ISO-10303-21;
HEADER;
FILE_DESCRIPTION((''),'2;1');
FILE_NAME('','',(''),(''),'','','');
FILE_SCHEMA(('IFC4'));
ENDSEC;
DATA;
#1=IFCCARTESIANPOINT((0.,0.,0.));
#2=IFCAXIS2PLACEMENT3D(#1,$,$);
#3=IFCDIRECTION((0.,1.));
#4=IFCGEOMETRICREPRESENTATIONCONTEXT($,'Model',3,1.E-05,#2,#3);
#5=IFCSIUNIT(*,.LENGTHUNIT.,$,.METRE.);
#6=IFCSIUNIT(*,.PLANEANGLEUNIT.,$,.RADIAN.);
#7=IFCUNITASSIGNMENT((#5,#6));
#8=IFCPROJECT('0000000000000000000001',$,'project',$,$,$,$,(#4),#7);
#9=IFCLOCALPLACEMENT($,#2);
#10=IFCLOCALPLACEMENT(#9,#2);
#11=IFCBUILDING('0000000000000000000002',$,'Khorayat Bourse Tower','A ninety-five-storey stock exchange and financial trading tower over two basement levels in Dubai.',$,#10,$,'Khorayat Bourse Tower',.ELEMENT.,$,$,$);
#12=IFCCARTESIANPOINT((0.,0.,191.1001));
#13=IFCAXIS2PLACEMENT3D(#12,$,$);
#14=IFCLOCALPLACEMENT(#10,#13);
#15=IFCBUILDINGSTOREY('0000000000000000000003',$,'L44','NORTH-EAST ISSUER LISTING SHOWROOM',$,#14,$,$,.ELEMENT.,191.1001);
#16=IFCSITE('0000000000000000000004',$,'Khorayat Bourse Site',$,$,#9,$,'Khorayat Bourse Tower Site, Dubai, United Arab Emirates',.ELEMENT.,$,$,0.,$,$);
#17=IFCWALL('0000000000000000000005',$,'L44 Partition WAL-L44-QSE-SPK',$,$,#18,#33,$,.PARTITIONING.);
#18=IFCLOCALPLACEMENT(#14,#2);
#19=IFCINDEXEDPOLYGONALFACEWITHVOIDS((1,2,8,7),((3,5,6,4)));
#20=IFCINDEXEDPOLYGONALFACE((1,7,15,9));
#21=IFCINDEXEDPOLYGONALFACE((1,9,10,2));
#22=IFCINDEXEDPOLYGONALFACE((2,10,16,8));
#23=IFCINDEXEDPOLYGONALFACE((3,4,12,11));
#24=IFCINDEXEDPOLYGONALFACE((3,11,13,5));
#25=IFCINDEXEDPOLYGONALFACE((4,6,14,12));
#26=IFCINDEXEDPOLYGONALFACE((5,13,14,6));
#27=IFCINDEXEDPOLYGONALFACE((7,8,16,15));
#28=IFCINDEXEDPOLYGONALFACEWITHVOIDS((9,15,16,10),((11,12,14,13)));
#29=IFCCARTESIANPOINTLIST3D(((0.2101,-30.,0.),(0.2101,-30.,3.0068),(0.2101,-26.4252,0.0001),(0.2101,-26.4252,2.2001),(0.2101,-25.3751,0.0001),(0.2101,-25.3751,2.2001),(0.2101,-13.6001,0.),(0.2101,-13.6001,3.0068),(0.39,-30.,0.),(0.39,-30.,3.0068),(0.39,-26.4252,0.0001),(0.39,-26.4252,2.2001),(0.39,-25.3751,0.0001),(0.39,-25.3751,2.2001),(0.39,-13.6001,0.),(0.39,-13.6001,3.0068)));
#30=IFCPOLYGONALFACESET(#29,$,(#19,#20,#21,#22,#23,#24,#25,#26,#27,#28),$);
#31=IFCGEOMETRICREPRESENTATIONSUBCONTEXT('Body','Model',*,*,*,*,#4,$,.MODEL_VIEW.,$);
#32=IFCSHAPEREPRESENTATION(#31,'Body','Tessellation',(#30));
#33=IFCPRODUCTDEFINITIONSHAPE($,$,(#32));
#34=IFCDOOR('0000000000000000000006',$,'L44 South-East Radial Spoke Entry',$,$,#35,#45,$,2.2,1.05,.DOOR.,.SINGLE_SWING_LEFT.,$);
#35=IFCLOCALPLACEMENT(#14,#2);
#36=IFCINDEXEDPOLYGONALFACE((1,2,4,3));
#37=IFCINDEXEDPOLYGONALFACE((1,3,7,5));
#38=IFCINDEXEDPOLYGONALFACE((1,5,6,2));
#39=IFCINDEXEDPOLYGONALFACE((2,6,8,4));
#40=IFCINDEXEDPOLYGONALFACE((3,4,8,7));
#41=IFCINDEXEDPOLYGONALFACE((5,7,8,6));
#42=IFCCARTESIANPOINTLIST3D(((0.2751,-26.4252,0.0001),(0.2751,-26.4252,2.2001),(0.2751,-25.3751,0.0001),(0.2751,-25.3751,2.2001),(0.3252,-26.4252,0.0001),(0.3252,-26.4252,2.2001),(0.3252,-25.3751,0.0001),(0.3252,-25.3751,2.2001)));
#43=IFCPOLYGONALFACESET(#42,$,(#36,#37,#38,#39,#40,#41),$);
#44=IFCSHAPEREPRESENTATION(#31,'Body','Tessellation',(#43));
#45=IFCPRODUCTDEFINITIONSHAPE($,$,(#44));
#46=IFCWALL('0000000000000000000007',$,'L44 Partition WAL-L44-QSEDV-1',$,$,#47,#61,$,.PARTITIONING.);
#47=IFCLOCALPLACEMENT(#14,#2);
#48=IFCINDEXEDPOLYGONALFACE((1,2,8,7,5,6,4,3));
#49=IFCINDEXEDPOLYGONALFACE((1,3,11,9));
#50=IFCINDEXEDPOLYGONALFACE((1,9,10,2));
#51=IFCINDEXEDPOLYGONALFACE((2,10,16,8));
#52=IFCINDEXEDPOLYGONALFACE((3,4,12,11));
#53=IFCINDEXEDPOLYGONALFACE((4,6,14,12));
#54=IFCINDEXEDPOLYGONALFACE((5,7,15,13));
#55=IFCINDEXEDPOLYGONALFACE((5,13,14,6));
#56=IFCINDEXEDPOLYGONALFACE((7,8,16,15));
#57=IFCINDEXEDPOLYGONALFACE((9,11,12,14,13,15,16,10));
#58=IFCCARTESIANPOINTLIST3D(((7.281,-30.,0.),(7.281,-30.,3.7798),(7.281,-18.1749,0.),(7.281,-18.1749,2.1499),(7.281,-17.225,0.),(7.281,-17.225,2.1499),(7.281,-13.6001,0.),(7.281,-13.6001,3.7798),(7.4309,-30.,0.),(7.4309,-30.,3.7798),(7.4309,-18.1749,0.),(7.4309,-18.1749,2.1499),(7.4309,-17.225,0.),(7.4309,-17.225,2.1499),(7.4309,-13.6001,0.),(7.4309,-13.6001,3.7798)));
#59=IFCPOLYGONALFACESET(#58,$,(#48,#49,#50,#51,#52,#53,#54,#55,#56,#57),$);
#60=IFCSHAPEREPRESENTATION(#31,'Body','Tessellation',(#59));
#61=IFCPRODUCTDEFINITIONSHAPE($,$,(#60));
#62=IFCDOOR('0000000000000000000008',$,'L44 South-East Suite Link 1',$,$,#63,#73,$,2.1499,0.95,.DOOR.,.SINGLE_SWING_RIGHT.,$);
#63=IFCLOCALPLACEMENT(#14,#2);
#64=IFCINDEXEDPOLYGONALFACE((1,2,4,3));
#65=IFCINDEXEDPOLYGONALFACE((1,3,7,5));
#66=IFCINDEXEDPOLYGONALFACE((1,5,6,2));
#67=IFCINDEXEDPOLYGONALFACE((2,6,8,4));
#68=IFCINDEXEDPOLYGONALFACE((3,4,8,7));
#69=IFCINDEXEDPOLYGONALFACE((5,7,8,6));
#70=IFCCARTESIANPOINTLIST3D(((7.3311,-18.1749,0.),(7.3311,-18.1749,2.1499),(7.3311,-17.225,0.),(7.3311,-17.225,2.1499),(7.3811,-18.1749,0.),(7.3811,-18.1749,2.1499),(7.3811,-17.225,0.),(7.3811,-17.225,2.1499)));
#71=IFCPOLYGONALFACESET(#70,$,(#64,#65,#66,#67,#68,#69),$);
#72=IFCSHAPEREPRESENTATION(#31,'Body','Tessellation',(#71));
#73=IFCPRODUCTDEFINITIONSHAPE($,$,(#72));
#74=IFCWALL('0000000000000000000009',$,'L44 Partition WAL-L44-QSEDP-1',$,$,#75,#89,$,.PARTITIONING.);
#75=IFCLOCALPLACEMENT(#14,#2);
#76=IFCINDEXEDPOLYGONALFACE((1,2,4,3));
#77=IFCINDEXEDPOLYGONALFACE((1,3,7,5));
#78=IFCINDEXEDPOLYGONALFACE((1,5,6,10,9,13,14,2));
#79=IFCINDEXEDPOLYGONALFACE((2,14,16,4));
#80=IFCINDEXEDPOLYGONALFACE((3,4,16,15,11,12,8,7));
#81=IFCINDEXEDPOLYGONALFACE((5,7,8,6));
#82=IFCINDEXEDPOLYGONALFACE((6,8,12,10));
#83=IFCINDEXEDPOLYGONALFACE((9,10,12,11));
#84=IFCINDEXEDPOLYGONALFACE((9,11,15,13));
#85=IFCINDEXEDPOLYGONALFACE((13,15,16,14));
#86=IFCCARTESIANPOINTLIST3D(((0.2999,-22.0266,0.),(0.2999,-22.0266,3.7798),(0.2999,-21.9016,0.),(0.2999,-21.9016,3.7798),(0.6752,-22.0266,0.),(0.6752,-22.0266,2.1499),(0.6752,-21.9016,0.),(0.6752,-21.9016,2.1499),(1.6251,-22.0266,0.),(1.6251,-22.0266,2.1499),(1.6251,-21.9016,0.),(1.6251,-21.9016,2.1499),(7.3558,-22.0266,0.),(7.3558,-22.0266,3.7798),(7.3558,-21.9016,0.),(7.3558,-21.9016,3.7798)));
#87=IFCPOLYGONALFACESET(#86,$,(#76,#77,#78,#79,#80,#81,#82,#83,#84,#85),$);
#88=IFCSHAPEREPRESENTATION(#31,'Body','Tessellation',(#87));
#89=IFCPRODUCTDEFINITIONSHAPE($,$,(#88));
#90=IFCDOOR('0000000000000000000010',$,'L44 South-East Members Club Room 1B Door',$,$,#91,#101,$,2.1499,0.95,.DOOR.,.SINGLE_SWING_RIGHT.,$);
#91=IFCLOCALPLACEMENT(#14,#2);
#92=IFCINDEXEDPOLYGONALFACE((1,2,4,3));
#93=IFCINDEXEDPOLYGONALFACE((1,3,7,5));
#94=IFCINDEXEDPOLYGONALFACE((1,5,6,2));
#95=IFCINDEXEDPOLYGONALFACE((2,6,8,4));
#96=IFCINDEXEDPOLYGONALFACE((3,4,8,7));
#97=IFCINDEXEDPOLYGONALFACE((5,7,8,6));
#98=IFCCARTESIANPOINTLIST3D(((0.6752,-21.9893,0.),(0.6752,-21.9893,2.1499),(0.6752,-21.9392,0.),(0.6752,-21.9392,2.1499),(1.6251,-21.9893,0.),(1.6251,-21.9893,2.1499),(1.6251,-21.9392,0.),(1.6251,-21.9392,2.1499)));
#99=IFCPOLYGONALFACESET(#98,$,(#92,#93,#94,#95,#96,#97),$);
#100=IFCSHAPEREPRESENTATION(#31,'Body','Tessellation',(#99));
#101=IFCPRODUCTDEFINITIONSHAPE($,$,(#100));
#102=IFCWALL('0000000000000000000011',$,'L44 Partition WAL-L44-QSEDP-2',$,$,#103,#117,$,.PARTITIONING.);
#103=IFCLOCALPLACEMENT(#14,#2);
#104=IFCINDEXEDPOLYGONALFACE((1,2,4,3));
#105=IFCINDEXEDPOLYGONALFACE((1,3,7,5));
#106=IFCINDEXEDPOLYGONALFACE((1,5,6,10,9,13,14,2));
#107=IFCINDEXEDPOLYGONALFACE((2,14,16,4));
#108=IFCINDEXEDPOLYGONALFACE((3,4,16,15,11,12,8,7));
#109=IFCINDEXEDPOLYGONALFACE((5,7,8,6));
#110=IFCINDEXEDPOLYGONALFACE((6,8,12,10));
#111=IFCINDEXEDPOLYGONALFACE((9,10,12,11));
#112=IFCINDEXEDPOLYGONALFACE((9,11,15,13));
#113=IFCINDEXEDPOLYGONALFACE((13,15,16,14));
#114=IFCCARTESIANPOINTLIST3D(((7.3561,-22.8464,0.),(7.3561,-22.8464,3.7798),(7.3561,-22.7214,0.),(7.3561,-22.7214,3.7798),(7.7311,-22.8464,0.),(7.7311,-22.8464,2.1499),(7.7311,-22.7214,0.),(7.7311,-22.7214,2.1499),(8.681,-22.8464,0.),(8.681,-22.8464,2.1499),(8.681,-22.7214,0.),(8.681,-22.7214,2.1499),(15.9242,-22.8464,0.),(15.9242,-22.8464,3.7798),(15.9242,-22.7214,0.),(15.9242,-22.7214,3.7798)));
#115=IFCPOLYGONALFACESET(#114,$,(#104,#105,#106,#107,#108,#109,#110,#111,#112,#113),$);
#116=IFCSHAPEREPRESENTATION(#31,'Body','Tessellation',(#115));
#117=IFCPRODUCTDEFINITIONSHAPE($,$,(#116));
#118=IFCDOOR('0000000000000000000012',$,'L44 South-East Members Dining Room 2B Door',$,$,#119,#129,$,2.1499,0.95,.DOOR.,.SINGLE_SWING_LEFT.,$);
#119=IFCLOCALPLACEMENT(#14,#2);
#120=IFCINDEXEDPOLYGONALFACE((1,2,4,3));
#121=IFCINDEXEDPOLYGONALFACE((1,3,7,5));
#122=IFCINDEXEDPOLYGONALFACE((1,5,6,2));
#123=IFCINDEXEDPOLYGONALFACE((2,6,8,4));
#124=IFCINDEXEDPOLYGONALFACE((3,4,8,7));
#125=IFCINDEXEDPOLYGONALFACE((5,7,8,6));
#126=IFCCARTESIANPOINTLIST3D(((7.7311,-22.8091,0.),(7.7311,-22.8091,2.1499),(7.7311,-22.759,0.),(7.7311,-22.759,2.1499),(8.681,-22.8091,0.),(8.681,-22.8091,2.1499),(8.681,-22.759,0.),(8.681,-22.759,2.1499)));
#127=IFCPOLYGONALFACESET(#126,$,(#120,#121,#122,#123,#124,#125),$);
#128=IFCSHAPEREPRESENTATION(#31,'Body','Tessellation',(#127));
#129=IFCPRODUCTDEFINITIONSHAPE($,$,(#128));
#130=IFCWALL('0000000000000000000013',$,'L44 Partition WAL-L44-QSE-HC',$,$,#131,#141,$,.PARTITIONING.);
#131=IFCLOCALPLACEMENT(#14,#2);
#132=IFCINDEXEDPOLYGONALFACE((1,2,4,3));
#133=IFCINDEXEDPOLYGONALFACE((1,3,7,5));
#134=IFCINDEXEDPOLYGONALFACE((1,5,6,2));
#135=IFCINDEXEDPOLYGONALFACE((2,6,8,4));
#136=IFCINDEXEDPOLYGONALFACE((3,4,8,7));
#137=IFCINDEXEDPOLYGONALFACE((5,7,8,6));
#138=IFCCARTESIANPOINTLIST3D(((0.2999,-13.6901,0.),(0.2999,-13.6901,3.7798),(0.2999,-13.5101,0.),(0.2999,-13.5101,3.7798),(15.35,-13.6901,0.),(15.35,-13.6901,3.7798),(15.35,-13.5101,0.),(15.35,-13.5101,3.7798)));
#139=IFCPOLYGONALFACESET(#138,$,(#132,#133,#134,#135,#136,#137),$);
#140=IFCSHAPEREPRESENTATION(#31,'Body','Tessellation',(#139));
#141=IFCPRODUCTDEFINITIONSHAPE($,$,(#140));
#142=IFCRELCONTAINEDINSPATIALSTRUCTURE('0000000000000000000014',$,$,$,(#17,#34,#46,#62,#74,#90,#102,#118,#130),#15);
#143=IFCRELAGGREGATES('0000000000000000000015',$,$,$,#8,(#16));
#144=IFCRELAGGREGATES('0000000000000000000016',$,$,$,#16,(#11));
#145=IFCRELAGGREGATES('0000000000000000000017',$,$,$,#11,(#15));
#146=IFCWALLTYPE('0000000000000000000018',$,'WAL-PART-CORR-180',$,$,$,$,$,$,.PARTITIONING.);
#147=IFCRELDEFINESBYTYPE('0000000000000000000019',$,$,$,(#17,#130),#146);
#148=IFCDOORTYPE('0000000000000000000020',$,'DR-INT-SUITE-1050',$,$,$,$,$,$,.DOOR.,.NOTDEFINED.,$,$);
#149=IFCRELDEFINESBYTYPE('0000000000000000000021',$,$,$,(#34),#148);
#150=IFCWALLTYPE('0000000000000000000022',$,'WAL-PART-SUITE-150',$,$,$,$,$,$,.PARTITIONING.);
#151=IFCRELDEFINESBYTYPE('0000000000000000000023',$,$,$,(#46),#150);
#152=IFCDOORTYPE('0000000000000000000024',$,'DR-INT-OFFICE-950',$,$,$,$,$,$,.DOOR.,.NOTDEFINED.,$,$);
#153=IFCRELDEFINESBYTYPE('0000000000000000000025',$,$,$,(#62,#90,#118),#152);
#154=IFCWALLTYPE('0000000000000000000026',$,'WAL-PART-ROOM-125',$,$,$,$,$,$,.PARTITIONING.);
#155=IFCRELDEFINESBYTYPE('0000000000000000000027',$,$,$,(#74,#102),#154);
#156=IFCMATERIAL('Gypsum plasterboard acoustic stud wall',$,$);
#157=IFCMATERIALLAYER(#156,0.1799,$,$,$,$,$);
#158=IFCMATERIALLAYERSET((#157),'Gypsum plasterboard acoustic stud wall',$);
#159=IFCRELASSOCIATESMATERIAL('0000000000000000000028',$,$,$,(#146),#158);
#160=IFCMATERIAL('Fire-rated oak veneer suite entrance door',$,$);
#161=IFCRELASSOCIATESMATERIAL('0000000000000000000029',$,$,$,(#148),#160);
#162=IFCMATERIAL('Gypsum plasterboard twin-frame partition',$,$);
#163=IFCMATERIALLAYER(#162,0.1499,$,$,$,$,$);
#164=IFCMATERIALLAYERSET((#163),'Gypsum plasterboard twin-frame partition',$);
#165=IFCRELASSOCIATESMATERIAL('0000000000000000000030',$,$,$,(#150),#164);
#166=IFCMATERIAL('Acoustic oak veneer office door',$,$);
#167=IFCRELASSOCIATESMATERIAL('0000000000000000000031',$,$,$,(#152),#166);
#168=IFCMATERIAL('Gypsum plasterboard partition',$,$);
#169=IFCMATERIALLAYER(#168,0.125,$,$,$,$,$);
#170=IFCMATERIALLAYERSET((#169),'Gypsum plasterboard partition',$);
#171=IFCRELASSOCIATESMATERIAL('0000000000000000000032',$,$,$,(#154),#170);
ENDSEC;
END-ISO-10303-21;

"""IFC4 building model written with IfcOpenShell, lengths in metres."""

from ifc_helpers import new_model, si_unit, direction, frame, frame_2d, origin, place, context, subcontext, project, spatial, rectangle, extrude, source, transform, mapped, material, layer, layer_set, type_object, element, fill, save


model = new_model("IFC4")

# Units and contexts
model_context = context("Model", 3, precision=1e-05, world=origin(), true_north=direction((0.0, 1.0)))
body_context = subcontext(model_context, "Body", "Model", "MODEL_VIEW")
ifc_project = project(units=[si_unit("LENGTHUNIT", "METRE"), si_unit("PLANEANGLEUNIT", "RADIAN")], contexts=[model_context])

# Site, building, storey
site_placement = place(None, origin())
site = spatial("IfcSite", under=ifc_project, at=site_placement, Name="Khorayat Bourse Site", LongName="Khorayat Bourse Tower Site, Dubai, United Arab Emirates", CompositionType="ELEMENT", RefElevation=0.0)
building_placement = place(site_placement, origin())
building = spatial("IfcBuilding", under=site, at=building_placement, Name="Khorayat Bourse Tower", Description="A ninety-five-storey stock exchange and financial trading tower over two basement levels in Dubai.", LongName="Khorayat Bourse Tower", CompositionType="ELEMENT")
storey_placement = place(building_placement, frame((0.0, 0.0, 191.1001)))
storey = spatial("IfcBuildingStorey", under=building, at=storey_placement, Name="L44", Description="NORTH-EAST ISSUER LISTING SHOWROOM", CompositionType="ELEMENT", Elevation=191.1001)

# Shared definitions
ifc_material_1 = material(Name="Gypsum plasterboard acoustic stud wall")
ifc_layer_1 = layer(ifc_material_1, 0.1799)
ifc_layer_set_1 = layer_set([ifc_layer_1], Name="Gypsum plasterboard acoustic stud wall")
wall_type_1 = type_object("IfcWallType", Name="WAL-PART-CORR-180", PredefinedType="PARTITIONING", material=ifc_layer_set_1)

# Walls, openings, doors
shared_shape_1 = source(origin(), body_context, "Body", "SweptSolid", [
    extrude(rectangle(XDim=16.3999, YDim=0.1799, at=frame_2d((8.2, 0.0))), origin(), (0.0, 0.0, 1.0), 3.0068),
])
wall_1_placement = place(storey_placement, frame((0.3, -30.0, 0.0), z_axis=(0.0, 0.0, 1.0), x_axis=(0.0, 1.0, 0.0)))
wall_1 = element("IfcWall", 1, at=wall_1_placement, inside=storey, type_object=wall_type_1, Name="L44 Partition WAL-L44-QSE-SPK", PredefinedType="PARTITIONING", context=body_context, shape_type="MappedRepresentation", body=[
    mapped(shared_shape_1, transform((0.0, 0.0, 0.0), scale=1.0)),
])
shared_shape_2 = source(origin(), body_context, "Body", "SweptSolid", [
    extrude(rectangle(XDim=1.05, YDim=2.2, at=frame_2d((0.5249, 1.1001))), frame((0.0, 0.0999, 0.0), z_axis=(0.0, -1.0, 0.0), x_axis=(1.0, 0.0, 0.0)), (0.0, 0.0, 1.0), 0.2),
])
opening_1_placement = place(wall_1_placement, frame((3.575, 0.0, 0.0)))
opening_1 = element("IfcOpeningElement", 2, at=opening_1_placement, cuts=wall_1, PredefinedType="OPENING", context=body_context, shape_type="MappedRepresentation", body=[
    mapped(shared_shape_2, transform((0.0, 0.0, 0.0), scale=1.0)),
])
ifc_material_2 = material(Name="Fire-rated oak veneer suite entrance door")
door_type_1 = type_object("IfcDoorType", Name="DR-INT-SUITE-1050", OperationType="NOTDEFINED", PredefinedType="DOOR", material=ifc_material_2)
shared_shape_3 = source(origin(), body_context, "Body", "SweptSolid", [
    extrude(rectangle(XDim=1.05, YDim=2.2, at=frame_2d((0.5249, 1.1001))), frame((0.0, 0.0249, 0.0), z_axis=(0.0, -1.0, 0.0), x_axis=(1.0, 0.0, 0.0)), (0.0, 0.0, 1.0), 0.05),
])
door_1_placement = place(opening_1_placement, origin())
door_1 = element("IfcDoor", 3, at=door_1_placement, inside=storey, type_object=door_type_1, Name="L44 South-East Radial Spoke Entry", OperationType="SINGLE_SWING_LEFT", OverallHeight=2.2, OverallWidth=1.05, PredefinedType="DOOR", context=body_context, shape_type="MappedRepresentation", body=[
    mapped(shared_shape_3, transform((0.0, 0.0, 0.0), scale=1.0)),
])
fill(opening_1, door_1)
ifc_material_3 = material(Name="Gypsum plasterboard twin-frame partition")
ifc_layer_2 = layer(ifc_material_3, 0.1499)
ifc_layer_set_2 = layer_set([ifc_layer_2], Name="Gypsum plasterboard twin-frame partition")
wall_type_2 = type_object("IfcWallType", Name="WAL-PART-SUITE-150", PredefinedType="PARTITIONING", material=ifc_layer_set_2)
shared_shape_4 = source(origin(), body_context, "Body", "SweptSolid", [
    extrude(rectangle(XDim=16.3999, YDim=0.1499, at=frame_2d((8.2, 0.0))), origin(), (0.0, 0.0, 1.0), 3.7798),
])
wall_2_placement = place(storey_placement, frame((7.356, -30.0, 0.0), z_axis=(0.0, 0.0, 1.0), x_axis=(0.0, 1.0, 0.0)))
wall_2 = element("IfcWall", 4, at=wall_2_placement, inside=storey, type_object=wall_type_2, Name="L44 Partition WAL-L44-QSEDV-1", PredefinedType="PARTITIONING", context=body_context, shape_type="MappedRepresentation", body=[
    mapped(shared_shape_4, transform((0.0, 0.0, 0.0), scale=1.0)),
])
shared_shape_5 = source(origin(), body_context, "Body", "SweptSolid", [
    extrude(rectangle(XDim=0.95, YDim=2.1499, at=frame_2d((0.4751, 1.075))), frame((0.0, 0.085, 0.0), z_axis=(0.0, -1.0, 0.0), x_axis=(1.0, 0.0, 0.0)), (0.0, 0.0, 1.0), 0.1699),
])
opening_2_placement = place(wall_2_placement, frame((11.825, 0.0, 0.0)))
opening_2 = element("IfcOpeningElement", 5, at=opening_2_placement, cuts=wall_2, PredefinedType="OPENING", context=body_context, shape_type="MappedRepresentation", body=[
    mapped(shared_shape_5, transform((0.0, 0.0, 0.0), scale=1.0)),
])
ifc_material_4 = material(Name="Acoustic oak veneer office door")
door_type_2 = type_object("IfcDoorType", Name="DR-INT-OFFICE-950", OperationType="NOTDEFINED", PredefinedType="DOOR", material=ifc_material_4)
shared_shape_6 = source(origin(), body_context, "Body", "SweptSolid", [
    extrude(rectangle(XDim=0.95, YDim=2.1499, at=frame_2d((0.4751, 1.075))), frame((0.0, 0.0249, 0.0), z_axis=(0.0, -1.0, 0.0), x_axis=(1.0, 0.0, 0.0)), (0.0, 0.0, 1.0), 0.05),
])
door_2_placement = place(opening_2_placement, origin())
door_2 = element("IfcDoor", 6, at=door_2_placement, inside=storey, type_object=door_type_2, Name="L44 South-East Suite Link 1", OperationType="SINGLE_SWING_RIGHT", OverallHeight=2.1499, OverallWidth=0.95, PredefinedType="DOOR", context=body_context, shape_type="MappedRepresentation", body=[
    mapped(shared_shape_6, transform((0.0, 0.0, 0.0), scale=1.0)),
])
fill(opening_2, door_2)
ifc_material_5 = material(Name="Gypsum plasterboard partition")
ifc_layer_3 = layer(ifc_material_5, 0.125)
ifc_layer_set_3 = layer_set([ifc_layer_3], Name="Gypsum plasterboard partition")
wall_type_3 = type_object("IfcWallType", Name="WAL-PART-ROOM-125", PredefinedType="PARTITIONING", material=ifc_layer_set_3)
shared_shape_7 = source(origin(), body_context, "Body", "SweptSolid", [
    extrude(rectangle(XDim=7.0559, YDim=0.125, at=frame_2d((3.5278, 0.0))), origin(), (0.0, 0.0, 1.0), 3.7798),
])
wall_3_placement = place(storey_placement, frame((0.3, -21.9641, 0.0), z_axis=(0.0, 0.0, 1.0), x_axis=(1.0, 0.0, 0.0)))
wall_3 = element("IfcWall", 7, at=wall_3_placement, inside=storey, type_object=wall_type_3, Name="L44 Partition WAL-L44-QSEDP-1", PredefinedType="PARTITIONING", context=body_context, shape_type="MappedRepresentation", body=[
    mapped(shared_shape_7, transform((0.0, 0.0, 0.0), scale=1.0)),
])
shared_shape_8 = source(origin(), body_context, "Body", "SweptSolid", [
    extrude(rectangle(XDim=0.95, YDim=2.1499, at=frame_2d((0.4751, 1.075))), frame((0.0, 0.0725, 0.0), z_axis=(0.0, -1.0, 0.0), x_axis=(1.0, 0.0, 0.0)), (0.0, 0.0, 1.0), 0.145),
])
opening_3_placement = place(wall_3_placement, frame((0.375, 0.0, 0.0)))
opening_3 = element("IfcOpeningElement", 8, at=opening_3_placement, cuts=wall_3, PredefinedType="OPENING", context=body_context, shape_type="MappedRepresentation", body=[
    mapped(shared_shape_8, transform((0.0, 0.0, 0.0), scale=1.0)),
])
door_3_placement = place(opening_3_placement, origin())
door_3 = element("IfcDoor", 9, at=door_3_placement, inside=storey, type_object=door_type_2, Name="L44 South-East Members Club Room 1B Door", OperationType="SINGLE_SWING_RIGHT", OverallHeight=2.1499, OverallWidth=0.95, PredefinedType="DOOR", context=body_context, shape_type="MappedRepresentation", body=[
    mapped(shared_shape_6, transform((0.0, 0.0, 0.0), scale=1.0)),
])
fill(opening_3, door_3)
shared_shape_9 = source(origin(), body_context, "Body", "SweptSolid", [
    extrude(rectangle(XDim=8.5681, YDim=0.125, at=frame_2d((4.2842, 0.0))), origin(), (0.0, 0.0, 1.0), 3.7798),
])
wall_4_placement = place(storey_placement, frame((7.356, -22.7839, 0.0), z_axis=(0.0, 0.0, 1.0), x_axis=(1.0, 0.0, 0.0)))
wall_4 = element("IfcWall", 10, at=wall_4_placement, inside=storey, type_object=wall_type_3, Name="L44 Partition WAL-L44-QSEDP-2", PredefinedType="PARTITIONING", context=body_context, shape_type="MappedRepresentation", body=[
    mapped(shared_shape_9, transform((0.0, 0.0, 0.0), scale=1.0)),
])
opening_4_placement = place(wall_4_placement, frame((0.375, 0.0, 0.0)))
opening_4 = element("IfcOpeningElement", 11, at=opening_4_placement, cuts=wall_4, PredefinedType="OPENING", context=body_context, shape_type="MappedRepresentation", body=[
    mapped(shared_shape_8, transform((0.0, 0.0, 0.0), scale=1.0)),
])
door_4_placement = place(opening_4_placement, origin())
door_4 = element("IfcDoor", 12, at=door_4_placement, inside=storey, type_object=door_type_2, Name="L44 South-East Members Dining Room 2B Door", OperationType="SINGLE_SWING_LEFT", OverallHeight=2.1499, OverallWidth=0.95, PredefinedType="DOOR", context=body_context, shape_type="MappedRepresentation", body=[
    mapped(shared_shape_6, transform((0.0, 0.0, 0.0), scale=1.0)),
])
fill(opening_4, door_4)

# Wall
shared_shape_10 = source(origin(), body_context, "Body", "SweptSolid", [
    extrude(rectangle(XDim=15.05, YDim=0.1799, at=frame_2d((7.5249, 0.0))), origin(), (0.0, 0.0, 1.0), 3.7798),
])
wall_5_placement = place(storey_placement, frame((0.3, -13.6001, 0.0), z_axis=(0.0, 0.0, 1.0), x_axis=(1.0, 0.0, 0.0)))
element("IfcWall", 13, at=wall_5_placement, inside=storey, type_object=wall_type_1, Name="L44 Partition WAL-L44-QSE-HC", PredefinedType="PARTITIONING", context=body_context, shape_type="MappedRepresentation", body=[
    mapped(shared_shape_10, transform((0.0, 0.0, 0.0), scale=1.0)),
])

save(model, "model.ifc")
